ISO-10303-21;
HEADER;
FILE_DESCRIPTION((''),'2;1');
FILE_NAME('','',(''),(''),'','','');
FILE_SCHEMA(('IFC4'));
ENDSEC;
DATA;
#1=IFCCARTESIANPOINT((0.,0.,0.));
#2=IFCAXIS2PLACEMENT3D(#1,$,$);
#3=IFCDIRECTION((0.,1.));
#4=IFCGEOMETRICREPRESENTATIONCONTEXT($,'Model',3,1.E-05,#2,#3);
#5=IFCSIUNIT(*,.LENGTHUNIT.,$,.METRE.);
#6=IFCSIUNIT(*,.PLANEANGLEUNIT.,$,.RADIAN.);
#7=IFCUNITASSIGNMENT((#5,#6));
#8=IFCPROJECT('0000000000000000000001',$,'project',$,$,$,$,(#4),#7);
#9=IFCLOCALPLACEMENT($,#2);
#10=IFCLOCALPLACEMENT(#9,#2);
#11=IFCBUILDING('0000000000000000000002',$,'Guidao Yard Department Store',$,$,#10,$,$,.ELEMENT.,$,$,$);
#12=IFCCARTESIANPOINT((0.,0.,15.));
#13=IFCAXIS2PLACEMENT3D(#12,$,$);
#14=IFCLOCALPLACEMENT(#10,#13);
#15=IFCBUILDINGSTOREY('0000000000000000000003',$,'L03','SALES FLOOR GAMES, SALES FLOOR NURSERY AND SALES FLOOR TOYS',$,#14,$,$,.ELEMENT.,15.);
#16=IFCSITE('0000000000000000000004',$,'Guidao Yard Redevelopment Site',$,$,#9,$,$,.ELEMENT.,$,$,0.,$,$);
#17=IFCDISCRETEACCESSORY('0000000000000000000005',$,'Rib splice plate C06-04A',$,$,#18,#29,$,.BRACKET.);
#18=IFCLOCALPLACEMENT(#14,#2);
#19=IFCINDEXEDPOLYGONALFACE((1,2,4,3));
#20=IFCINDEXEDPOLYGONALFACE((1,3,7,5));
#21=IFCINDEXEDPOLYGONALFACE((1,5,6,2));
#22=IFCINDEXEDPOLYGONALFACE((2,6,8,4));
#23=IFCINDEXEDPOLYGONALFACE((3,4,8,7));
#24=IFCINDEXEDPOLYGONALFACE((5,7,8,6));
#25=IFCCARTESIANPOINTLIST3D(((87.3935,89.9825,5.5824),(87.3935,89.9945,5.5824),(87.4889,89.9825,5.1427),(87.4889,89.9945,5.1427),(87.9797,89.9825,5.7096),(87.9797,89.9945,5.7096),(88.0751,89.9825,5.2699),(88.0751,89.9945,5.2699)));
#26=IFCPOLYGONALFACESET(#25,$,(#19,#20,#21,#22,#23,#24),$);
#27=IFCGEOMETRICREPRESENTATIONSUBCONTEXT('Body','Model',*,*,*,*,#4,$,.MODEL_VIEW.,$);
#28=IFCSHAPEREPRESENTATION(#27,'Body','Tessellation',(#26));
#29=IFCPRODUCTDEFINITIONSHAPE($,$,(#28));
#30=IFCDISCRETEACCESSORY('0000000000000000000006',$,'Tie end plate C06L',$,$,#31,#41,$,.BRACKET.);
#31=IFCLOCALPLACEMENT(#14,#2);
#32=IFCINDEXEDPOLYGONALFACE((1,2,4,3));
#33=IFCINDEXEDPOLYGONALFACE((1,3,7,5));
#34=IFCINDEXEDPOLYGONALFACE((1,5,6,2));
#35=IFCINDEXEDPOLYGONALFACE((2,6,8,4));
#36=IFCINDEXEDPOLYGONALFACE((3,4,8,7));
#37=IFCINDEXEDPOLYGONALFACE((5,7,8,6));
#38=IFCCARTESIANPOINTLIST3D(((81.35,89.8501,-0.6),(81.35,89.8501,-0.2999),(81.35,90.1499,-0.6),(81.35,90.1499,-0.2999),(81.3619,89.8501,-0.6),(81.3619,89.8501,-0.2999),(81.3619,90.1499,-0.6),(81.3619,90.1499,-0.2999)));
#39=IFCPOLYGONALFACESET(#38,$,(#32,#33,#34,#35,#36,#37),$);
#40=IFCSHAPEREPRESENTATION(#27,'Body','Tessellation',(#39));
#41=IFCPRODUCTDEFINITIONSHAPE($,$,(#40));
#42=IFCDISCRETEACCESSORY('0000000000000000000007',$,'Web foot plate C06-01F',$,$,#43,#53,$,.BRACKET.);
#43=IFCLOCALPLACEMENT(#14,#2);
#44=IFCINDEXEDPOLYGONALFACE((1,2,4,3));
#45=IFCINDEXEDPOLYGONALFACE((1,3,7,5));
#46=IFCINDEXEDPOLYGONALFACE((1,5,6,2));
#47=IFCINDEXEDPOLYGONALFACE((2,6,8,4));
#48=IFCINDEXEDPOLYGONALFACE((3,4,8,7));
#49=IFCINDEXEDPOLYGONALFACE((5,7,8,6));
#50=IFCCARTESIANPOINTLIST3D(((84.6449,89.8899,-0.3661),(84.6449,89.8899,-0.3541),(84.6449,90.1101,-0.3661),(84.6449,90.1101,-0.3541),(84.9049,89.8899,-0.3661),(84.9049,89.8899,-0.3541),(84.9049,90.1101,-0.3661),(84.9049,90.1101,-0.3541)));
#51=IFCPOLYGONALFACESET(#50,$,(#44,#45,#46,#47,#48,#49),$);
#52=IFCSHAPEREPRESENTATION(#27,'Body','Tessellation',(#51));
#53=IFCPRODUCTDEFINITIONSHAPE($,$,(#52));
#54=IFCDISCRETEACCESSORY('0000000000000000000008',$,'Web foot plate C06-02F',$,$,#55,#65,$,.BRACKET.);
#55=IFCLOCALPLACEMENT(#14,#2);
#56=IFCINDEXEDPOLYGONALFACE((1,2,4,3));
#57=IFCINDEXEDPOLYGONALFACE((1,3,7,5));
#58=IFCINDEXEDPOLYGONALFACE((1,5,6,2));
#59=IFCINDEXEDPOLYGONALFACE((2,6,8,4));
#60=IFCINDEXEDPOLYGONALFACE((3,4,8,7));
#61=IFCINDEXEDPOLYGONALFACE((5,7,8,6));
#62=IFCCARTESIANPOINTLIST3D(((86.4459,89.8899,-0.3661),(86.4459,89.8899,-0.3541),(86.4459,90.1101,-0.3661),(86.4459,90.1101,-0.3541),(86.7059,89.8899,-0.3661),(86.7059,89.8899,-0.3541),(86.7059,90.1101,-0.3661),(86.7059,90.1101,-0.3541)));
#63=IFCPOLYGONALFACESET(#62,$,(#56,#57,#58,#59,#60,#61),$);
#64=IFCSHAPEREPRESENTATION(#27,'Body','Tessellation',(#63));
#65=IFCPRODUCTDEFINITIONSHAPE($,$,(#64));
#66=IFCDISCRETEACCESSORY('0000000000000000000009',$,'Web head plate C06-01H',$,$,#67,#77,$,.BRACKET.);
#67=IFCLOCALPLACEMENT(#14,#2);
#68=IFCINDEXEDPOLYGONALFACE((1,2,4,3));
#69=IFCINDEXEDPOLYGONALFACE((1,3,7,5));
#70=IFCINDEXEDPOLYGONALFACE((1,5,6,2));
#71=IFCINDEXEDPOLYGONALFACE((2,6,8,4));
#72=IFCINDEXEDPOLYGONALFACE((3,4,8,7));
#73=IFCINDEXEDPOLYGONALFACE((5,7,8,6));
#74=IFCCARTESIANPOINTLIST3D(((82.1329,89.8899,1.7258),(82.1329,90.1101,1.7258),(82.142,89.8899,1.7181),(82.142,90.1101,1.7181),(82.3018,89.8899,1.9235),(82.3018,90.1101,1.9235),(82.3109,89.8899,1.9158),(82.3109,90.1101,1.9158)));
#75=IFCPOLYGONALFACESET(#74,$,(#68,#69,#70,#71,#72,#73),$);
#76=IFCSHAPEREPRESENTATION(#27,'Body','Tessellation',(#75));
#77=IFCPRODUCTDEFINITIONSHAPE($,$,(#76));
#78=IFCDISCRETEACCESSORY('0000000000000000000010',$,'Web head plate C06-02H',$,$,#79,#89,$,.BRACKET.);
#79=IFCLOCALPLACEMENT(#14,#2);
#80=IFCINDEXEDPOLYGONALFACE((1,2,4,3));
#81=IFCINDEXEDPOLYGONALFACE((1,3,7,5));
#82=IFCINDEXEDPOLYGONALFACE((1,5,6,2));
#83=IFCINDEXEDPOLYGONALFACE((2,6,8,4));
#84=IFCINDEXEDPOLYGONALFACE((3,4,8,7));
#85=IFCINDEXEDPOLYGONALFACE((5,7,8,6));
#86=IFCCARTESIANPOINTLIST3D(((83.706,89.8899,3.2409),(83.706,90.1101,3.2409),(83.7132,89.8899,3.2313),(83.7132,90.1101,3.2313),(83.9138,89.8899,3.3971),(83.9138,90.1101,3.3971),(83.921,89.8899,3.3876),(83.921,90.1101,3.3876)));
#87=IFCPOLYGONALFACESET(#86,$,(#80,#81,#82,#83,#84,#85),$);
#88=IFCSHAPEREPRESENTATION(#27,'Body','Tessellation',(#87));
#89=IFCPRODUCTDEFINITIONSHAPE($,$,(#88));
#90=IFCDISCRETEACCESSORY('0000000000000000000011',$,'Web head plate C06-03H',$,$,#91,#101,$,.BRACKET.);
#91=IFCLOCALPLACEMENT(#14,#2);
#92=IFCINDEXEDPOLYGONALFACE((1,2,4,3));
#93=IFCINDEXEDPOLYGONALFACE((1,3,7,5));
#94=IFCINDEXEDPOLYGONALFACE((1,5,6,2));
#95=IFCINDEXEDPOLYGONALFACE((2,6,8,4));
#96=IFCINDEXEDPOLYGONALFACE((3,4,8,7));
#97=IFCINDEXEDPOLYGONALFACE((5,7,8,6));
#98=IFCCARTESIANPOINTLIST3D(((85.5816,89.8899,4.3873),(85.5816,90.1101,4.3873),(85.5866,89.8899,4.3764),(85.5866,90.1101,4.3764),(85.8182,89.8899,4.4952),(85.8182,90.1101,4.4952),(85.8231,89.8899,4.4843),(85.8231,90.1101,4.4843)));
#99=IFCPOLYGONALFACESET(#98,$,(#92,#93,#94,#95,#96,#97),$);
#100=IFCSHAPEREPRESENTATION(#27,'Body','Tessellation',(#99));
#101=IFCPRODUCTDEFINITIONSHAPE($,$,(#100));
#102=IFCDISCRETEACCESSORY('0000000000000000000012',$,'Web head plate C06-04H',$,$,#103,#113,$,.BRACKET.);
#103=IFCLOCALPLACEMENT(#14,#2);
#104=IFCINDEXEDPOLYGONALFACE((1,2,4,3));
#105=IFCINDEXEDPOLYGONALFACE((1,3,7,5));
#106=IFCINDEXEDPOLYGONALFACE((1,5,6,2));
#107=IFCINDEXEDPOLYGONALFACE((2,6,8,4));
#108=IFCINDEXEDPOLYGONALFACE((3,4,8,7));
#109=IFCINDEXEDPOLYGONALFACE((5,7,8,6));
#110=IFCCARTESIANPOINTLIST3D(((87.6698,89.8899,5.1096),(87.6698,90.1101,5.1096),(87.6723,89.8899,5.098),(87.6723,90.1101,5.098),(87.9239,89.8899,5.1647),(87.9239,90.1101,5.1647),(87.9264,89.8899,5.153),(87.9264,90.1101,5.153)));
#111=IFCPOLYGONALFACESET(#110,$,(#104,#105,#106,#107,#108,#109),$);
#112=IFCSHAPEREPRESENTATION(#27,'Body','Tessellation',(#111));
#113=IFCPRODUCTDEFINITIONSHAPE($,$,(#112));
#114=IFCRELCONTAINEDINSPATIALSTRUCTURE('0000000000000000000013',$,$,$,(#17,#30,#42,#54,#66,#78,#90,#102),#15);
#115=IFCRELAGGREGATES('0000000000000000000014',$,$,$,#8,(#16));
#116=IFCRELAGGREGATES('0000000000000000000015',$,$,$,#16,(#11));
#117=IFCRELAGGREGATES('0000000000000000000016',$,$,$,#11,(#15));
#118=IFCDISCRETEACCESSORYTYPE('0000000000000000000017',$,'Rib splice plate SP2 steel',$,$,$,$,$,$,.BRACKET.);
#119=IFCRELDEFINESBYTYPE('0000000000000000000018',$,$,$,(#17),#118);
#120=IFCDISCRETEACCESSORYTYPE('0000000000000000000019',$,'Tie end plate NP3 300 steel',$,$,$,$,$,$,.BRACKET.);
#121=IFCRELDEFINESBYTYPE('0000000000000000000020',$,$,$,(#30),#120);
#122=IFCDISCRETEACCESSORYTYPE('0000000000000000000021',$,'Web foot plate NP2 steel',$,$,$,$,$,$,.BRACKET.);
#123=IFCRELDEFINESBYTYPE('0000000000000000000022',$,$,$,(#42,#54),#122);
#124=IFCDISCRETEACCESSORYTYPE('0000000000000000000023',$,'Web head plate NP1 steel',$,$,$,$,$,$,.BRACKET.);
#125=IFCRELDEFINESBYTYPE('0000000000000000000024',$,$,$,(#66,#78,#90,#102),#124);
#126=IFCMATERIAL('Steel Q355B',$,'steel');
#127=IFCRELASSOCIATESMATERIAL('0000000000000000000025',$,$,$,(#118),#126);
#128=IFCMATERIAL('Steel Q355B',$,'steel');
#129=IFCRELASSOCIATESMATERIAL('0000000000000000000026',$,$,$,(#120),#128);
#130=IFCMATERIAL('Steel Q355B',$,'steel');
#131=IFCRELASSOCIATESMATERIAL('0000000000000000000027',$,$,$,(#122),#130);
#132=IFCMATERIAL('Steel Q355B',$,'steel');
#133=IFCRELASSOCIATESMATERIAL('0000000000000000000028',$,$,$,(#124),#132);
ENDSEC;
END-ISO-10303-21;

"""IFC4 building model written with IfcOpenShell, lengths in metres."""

from ifc_helpers import new_model, si_unit, direction, frame, origin, origin_2d, place, context, subcontext, project, spatial, rectangle, extrude, material, material_profile, profile_set, type_object, element, save


model = new_model("IFC4")

# Units and contexts
model_context = context("Model", 3, precision=1e-05, world=origin(), true_north=direction((0.0, 1.0)))
body_context = subcontext(model_context, "Body", "Model", "MODEL_VIEW")
ifc_project = project(units=[si_unit("LENGTHUNIT", "METRE"), si_unit("PLANEANGLEUNIT", "RADIAN")], contexts=[model_context])

# Site, building, storey
site_placement = place(None, origin())
site = spatial("IfcSite", under=ifc_project, at=site_placement, Name="Guidao Yard Redevelopment Site", CompositionType="ELEMENT", RefElevation=0.0)
building_placement = place(site_placement, origin())
building = spatial("IfcBuilding", under=site, at=building_placement, Name="Guidao Yard Department Store", CompositionType="ELEMENT")
storey_placement = place(building_placement, frame((0.0, 0.0, 15.0)))
storey = spatial("IfcBuildingStorey", under=building, at=storey_placement, Name="L03", Description="SALES FLOOR GAMES, SALES FLOOR NURSERY AND SALES FLOOR TOYS", CompositionType="ELEMENT", Elevation=15.0)

# Discrete accessories
ifc_material_1 = material(Name="Steel Q355B", Category="steel")
ifc_material_profile_1 = material_profile(ifc_material_1, rectangle(XDim=0.012, YDim=0.45, at=origin_2d()), Name="Splice plate 450x12")
ifc_profile_set_1 = profile_set([ifc_material_profile_1], Name="Steel Q355B")
discrete_accessory_type_1 = type_object("IfcDiscreteAccessoryType", Name="Rib splice plate SP2 steel", PredefinedType="BRACKET", material=ifc_profile_set_1)
discrete_accessory_1_placement = place(storey_placement, frame((87.4412, 89.9885, 5.3625), z_axis=(0.977257, 0.0, 0.212058), x_axis=(0.0, 1.0, 0.0)))
element("IfcDiscreteAccessory", 1, at=discrete_accessory_1_placement, inside=storey, type_object=discrete_accessory_type_1, Name="Rib splice plate C06-04A", PredefinedType="BRACKET", context=body_context, shape_type="SweptSolid", body=[
    extrude(rectangle(XDim=0.012, YDim=0.45, at=origin_2d()), origin(), (0.0, 0.0, 1.0), 0.5999),
])
ifc_material_2 = material(Name="Steel Q355B", Category="steel")
ifc_material_profile_2 = material_profile(ifc_material_2, rectangle(XDim=0.3, YDim=0.012, at=origin_2d()), Name="Node plate 300x12")
ifc_profile_set_2 = profile_set([ifc_material_profile_2], Name="Steel Q355B")
discrete_accessory_type_2 = type_object("IfcDiscreteAccessoryType", Name="Tie end plate NP3 300 steel", PredefinedType="BRACKET", material=ifc_profile_set_2)
discrete_accessory_2_placement = place(storey_placement, frame((81.356, 89.8501, -0.45), z_axis=(0.0, 1.0, 0.0), x_axis=(0.0, 0.0, 1.0)))
element("IfcDiscreteAccessory", 2, at=discrete_accessory_2_placement, inside=storey, type_object=discrete_accessory_type_2, Name="Tie end plate C06L", PredefinedType="BRACKET", context=body_context, shape_type="SweptSolid", body=[
    extrude(rectangle(XDim=0.3, YDim=0.012, at=origin_2d()), origin(), (0.0, 0.0, 1.0), 0.2998),
])
ifc_material_3 = material(Name="Steel Q355B", Category="steel")
ifc_material_profile_3 = material_profile(ifc_material_3, rectangle(XDim=0.26, YDim=0.012, at=origin_2d()), Name="Node plate 260x12")
ifc_profile_set_3 = profile_set([ifc_material_profile_3], Name="Steel Q355B")
discrete_accessory_type_3 = type_object("IfcDiscreteAccessoryType", Name="Web foot plate NP2 steel", PredefinedType="BRACKET", material=ifc_profile_set_3)
for number, where, z_axis, x_axis, name in (
    (3, (84.7749, 89.8899, -0.3601), (0.0, 1.0, 0.0), (-1.0, 0.0, 0.0), "Web foot plate C06-01F"),
    (4, (86.5759, 89.8899, -0.3601), (0.0, 1.0, 0.0), (-1.0, 0.0, 0.0), "Web foot plate C06-02F"),
):
    element("IfcDiscreteAccessory", number, at=place(storey_placement, frame(where, z_axis=z_axis, x_axis=x_axis)), inside=storey, type_object=discrete_accessory_type_3, Name=name, PredefinedType="BRACKET", context=body_context, shape_type="SweptSolid", body=[
        extrude(rectangle(XDim=0.26, YDim=0.012, at=origin_2d()), origin(), (0.0, 0.0, 1.0), 0.2202),
    ])
ifc_material_4 = material(Name="Steel Q355B", Category="steel")
ifc_material_profile_4 = material_profile(ifc_material_4, rectangle(XDim=0.26, YDim=0.012, at=origin_2d()), Name="Node plate 260x12")
ifc_profile_set_4 = profile_set([ifc_material_profile_4], Name="Steel Q355B")
discrete_accessory_type_4 = type_object("IfcDiscreteAccessoryType", Name="Web head plate NP1 steel", PredefinedType="BRACKET", material=ifc_profile_set_4)
for number, where, z_axis, x_axis, name in (
    (5, (82.2219, 89.8899, 1.8208), (0.0, 1.0, 0.0), (-0.649537, 0.0, -0.76033), "Web head plate C06-01H"),
    (6, (83.8135, 89.8899, 3.3142), (0.0, 1.0, 0.0), (-0.799284, 0.0, -0.600954), "Web head plate C06-02H"),
    (7, (85.7024, 89.8899, 4.4358), (0.0, 1.0, 0.0), (-0.909751, 0.0, -0.415155), "Web head plate C06-03H"),
    (8, (87.7981, 89.8899, 5.1313), (0.0, 1.0, 0.0), (-0.977292, 0.0, -0.211897), "Web head plate C06-04H"),
):
    element("IfcDiscreteAccessory", number, at=place(storey_placement, frame(where, z_axis=z_axis, x_axis=x_axis)), inside=storey, type_object=discrete_accessory_type_4, Name=name, PredefinedType="BRACKET", context=body_context, shape_type="SweptSolid", body=[
        extrude(rectangle(XDim=0.26, YDim=0.012, at=origin_2d()), origin(), (0.0, 0.0, 1.0), 0.2202),
    ])

save(model, "model.ifc")
